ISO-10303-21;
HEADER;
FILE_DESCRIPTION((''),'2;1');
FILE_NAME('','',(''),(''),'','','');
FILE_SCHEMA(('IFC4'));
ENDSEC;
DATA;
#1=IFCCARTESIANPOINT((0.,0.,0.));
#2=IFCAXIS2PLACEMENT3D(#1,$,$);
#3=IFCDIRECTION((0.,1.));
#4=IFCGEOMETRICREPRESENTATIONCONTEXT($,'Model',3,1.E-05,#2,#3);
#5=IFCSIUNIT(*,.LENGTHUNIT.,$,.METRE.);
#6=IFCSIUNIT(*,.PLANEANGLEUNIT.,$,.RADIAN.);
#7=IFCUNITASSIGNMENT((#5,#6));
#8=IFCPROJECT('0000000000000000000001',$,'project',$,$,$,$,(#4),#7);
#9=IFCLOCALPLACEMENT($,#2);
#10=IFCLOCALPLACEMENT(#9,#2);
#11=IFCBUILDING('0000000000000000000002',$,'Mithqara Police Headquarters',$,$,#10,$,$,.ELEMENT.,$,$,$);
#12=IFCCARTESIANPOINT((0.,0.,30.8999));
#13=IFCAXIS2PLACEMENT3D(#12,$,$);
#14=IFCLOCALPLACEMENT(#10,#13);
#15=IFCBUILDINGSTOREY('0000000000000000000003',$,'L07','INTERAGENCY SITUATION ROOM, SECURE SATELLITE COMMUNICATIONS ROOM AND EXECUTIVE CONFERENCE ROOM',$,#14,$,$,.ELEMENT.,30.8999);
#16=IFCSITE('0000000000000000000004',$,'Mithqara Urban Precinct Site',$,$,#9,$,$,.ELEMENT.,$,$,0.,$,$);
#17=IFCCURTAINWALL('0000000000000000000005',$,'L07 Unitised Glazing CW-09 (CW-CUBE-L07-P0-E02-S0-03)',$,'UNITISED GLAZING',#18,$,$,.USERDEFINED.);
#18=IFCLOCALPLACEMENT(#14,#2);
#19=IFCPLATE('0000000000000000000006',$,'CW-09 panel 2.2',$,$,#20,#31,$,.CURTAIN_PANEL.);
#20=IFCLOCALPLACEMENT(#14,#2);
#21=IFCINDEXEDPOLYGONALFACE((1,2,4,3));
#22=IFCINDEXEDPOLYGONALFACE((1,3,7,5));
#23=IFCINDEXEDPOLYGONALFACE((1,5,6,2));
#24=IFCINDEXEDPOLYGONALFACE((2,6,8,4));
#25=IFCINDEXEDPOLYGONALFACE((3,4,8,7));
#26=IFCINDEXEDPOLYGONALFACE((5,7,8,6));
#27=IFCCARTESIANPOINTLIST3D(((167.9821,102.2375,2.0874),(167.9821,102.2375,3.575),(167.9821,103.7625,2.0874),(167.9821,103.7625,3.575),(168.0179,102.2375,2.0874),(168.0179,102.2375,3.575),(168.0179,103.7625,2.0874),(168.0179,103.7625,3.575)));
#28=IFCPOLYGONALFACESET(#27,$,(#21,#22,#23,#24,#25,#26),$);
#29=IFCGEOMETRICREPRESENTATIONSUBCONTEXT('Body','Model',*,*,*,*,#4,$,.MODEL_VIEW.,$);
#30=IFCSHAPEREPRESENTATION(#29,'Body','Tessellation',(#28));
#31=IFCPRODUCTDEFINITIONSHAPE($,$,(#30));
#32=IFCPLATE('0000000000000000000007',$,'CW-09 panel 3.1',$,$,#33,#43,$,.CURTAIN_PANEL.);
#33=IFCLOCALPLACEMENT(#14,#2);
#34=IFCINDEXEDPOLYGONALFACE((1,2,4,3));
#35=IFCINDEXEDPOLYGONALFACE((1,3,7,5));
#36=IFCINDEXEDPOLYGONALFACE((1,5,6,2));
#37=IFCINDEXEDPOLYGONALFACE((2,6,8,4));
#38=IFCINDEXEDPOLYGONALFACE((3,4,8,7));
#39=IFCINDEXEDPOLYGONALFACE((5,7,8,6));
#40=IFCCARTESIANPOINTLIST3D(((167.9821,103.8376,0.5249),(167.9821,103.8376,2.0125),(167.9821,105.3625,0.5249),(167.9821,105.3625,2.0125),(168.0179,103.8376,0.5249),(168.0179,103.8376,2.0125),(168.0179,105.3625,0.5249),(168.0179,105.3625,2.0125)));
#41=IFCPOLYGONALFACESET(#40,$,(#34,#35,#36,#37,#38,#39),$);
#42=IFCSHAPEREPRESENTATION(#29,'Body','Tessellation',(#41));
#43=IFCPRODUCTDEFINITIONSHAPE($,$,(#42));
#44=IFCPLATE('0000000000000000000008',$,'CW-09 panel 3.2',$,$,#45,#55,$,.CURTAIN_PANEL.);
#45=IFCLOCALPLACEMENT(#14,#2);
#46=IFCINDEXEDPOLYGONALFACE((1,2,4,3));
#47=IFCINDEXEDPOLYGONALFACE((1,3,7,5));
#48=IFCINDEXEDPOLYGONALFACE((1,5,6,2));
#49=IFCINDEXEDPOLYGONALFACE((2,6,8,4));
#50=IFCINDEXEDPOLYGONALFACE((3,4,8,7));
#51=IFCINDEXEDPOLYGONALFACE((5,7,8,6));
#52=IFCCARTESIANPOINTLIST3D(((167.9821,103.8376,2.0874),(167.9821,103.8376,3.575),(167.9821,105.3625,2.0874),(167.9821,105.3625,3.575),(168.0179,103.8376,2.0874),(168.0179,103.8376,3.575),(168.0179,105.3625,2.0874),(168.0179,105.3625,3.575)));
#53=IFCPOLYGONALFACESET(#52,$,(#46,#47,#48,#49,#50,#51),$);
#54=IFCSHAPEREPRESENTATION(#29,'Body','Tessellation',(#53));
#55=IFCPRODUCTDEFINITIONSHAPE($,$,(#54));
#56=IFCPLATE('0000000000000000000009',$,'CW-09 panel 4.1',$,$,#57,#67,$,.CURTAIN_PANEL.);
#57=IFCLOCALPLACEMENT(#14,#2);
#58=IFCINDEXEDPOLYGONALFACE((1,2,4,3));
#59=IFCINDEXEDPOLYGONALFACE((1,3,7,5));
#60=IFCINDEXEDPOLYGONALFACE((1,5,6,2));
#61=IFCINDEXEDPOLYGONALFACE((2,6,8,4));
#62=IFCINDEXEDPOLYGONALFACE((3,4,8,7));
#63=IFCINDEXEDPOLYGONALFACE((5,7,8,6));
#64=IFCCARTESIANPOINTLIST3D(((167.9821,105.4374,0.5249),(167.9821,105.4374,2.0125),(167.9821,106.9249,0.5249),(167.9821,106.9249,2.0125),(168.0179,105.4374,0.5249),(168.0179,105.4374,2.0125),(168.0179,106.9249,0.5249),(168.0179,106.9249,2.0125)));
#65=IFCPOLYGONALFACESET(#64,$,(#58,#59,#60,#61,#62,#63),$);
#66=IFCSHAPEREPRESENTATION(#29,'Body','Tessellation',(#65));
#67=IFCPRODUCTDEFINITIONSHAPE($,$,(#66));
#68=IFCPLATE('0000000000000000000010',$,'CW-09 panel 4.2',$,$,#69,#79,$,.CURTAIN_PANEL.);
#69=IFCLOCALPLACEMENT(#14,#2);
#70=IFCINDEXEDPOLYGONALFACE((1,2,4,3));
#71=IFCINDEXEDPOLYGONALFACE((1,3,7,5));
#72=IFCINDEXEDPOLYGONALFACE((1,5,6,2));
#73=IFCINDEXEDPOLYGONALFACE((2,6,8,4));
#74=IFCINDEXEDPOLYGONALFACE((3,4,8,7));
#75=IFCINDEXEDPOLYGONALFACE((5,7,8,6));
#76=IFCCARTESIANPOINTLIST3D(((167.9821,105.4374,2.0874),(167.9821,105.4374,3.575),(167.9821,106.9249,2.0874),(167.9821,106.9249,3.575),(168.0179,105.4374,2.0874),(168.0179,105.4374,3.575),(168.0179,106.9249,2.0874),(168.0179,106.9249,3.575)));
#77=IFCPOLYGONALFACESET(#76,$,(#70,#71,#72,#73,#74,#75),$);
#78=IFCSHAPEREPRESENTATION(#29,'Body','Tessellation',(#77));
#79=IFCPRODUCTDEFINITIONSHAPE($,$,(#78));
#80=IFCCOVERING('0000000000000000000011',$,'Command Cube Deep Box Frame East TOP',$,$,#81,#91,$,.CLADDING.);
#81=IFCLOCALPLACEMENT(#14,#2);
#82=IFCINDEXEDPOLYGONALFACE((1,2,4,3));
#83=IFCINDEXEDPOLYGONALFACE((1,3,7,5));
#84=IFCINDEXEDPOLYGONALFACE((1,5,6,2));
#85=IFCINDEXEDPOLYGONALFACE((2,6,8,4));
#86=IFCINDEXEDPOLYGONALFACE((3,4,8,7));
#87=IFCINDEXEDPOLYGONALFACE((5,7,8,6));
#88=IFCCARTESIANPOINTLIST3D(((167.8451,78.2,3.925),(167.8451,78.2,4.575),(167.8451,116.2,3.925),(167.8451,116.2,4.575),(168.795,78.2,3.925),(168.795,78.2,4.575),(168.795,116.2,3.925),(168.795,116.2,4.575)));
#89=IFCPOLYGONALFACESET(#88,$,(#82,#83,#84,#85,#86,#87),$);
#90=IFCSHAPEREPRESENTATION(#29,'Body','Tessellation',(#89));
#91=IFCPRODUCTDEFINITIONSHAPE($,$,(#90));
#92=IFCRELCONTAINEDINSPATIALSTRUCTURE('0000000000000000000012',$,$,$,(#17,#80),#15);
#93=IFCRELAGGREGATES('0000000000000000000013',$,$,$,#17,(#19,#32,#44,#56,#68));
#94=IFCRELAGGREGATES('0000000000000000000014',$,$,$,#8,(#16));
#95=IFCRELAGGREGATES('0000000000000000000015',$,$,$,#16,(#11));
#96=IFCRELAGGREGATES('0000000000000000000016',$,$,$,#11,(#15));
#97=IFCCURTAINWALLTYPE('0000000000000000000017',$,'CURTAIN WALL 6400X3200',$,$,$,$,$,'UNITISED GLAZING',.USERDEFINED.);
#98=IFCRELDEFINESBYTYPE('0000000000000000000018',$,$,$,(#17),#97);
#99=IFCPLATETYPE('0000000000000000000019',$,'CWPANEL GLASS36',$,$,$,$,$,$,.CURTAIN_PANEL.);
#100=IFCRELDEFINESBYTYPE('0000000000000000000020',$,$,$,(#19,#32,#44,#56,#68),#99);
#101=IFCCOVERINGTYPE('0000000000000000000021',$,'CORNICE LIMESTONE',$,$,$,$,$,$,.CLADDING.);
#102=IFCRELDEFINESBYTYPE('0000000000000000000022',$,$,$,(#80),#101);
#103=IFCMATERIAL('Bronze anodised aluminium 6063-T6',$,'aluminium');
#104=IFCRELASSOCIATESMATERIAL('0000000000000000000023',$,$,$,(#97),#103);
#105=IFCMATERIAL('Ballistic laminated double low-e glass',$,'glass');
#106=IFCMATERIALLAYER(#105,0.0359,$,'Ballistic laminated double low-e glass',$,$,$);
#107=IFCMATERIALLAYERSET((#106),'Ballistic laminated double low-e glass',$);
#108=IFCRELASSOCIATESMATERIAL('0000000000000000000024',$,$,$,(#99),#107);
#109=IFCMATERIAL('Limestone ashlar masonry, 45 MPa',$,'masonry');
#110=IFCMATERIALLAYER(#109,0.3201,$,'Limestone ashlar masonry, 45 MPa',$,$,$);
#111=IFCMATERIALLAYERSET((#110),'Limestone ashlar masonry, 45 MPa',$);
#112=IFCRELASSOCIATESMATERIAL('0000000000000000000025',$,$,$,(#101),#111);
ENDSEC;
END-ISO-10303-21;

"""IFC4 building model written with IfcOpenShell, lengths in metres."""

from ifc_helpers import new_model, si_unit, direction, frame, origin, origin_2d, place, context, subcontext, project, spatial, rectangle, extrude, material, layer, layer_set, type_object, element, aggregate, save


model = new_model("IFC4")

# Units and contexts
model_context = context("Model", 3, precision=1e-05, world=origin(), true_north=direction((0.0, 1.0)))
body_context = subcontext(model_context, "Body", "Model", "MODEL_VIEW")
ifc_project = project(units=[si_unit("LENGTHUNIT", "METRE"), si_unit("PLANEANGLEUNIT", "RADIAN")], contexts=[model_context])

# Site, building, storey
site_placement = place(None, origin())
site = spatial("IfcSite", under=ifc_project, at=site_placement, Name="Mithqara Urban Precinct Site", CompositionType="ELEMENT", RefElevation=0.0)
building_placement = place(site_placement, origin())
building = spatial("IfcBuilding", under=site, at=building_placement, Name="Mithqara Police Headquarters", CompositionType="ELEMENT")
storey_placement = place(building_placement, frame((0.0, 0.0, 30.8999)))
storey = spatial("IfcBuildingStorey", under=building, at=storey_placement, Name="L07", Description="INTERAGENCY SITUATION ROOM, SECURE SATELLITE COMMUNICATIONS ROOM AND EXECUTIVE CONFERENCE ROOM", CompositionType="ELEMENT", Elevation=30.8999)

# Curtain wall
ifc_material_1 = material(Name="Bronze anodised aluminium 6063-T6", Category="aluminium")
curtain_wall_type = type_object("IfcCurtainWallType", Name="CURTAIN WALL 6400X3200", ElementType="UNITISED GLAZING", PredefinedType="USERDEFINED", material=ifc_material_1)
curtain_wall_1_placement = place(storey_placement, origin())
curtain_wall_1 = element("IfcCurtainWall", 1, at=curtain_wall_1_placement, inside=storey, type_object=curtain_wall_type, Name="L07 Unitised Glazing CW-09 (CW-CUBE-L07-P0-E02-S0-03)", ObjectType="UNITISED GLAZING", PredefinedType="USERDEFINED")

# Plates
ifc_material_2 = material(Name="Ballistic laminated double low-e glass", Category="glass")
ifc_layer_1 = layer(ifc_material_2, 0.0359, Name="Ballistic laminated double low-e glass")
ifc_layer_set_1 = layer_set([ifc_layer_1], Name="Ballistic laminated double low-e glass")
plate_type = type_object("IfcPlateType", Name="CWPANEL GLASS36", PredefinedType="CURTAIN_PANEL", material=ifc_layer_set_1)
plate_1_placement = place(storey_placement, frame((168.0, 103.0, 2.0874), z_axis=(0.0, 0.0, 1.0), x_axis=(0.0, 1.0, 0.0)))
plate_1 = element("IfcPlate", 2, at=plate_1_placement, type_object=plate_type, Name="CW-09 panel 2.2", PredefinedType="CURTAIN_PANEL", context=body_context, shape_type="SweptSolid", body=[
    extrude(rectangle(XDim=1.5249, YDim=0.0359, at=origin_2d()), origin(), (0.0, 0.0, 1.0), 1.4875),
])
plate_2_placement = place(storey_placement, frame((168.0, 104.6001, 0.5249), z_axis=(0.0, 0.0, 1.0), x_axis=(0.0, 1.0, 0.0)))
plate_2 = element("IfcPlate", 3, at=plate_2_placement, type_object=plate_type, Name="CW-09 panel 3.1", PredefinedType="CURTAIN_PANEL", context=body_context, shape_type="SweptSolid", body=[
    extrude(rectangle(XDim=1.5249, YDim=0.0359, at=origin_2d()), origin(), (0.0, 0.0, 1.0), 1.4875),
])
plate_3_placement = place(storey_placement, frame((168.0, 104.6001, 2.0874), z_axis=(0.0, 0.0, 1.0), x_axis=(0.0, 1.0, 0.0)))
plate_3 = element("IfcPlate", 4, at=plate_3_placement, type_object=plate_type, Name="CW-09 panel 3.2", PredefinedType="CURTAIN_PANEL", context=body_context, shape_type="SweptSolid", body=[
    extrude(rectangle(XDim=1.5249, YDim=0.0359, at=origin_2d()), origin(), (0.0, 0.0, 1.0), 1.4875),
])
plate_4_placement = place(storey_placement, frame((168.0, 106.1812, 0.5249), z_axis=(0.0, 0.0, 1.0), x_axis=(0.0, 1.0, 0.0)))
plate_4 = element("IfcPlate", 5, at=plate_4_placement, type_object=plate_type, Name="CW-09 panel 4.1", PredefinedType="CURTAIN_PANEL", context=body_context, shape_type="SweptSolid", body=[
    extrude(rectangle(XDim=1.4875, YDim=0.0359, at=origin_2d()), origin(), (0.0, 0.0, 1.0), 1.4875),
])
plate_5_placement = place(storey_placement, frame((168.0, 106.1812, 2.0874), z_axis=(0.0, 0.0, 1.0), x_axis=(0.0, 1.0, 0.0)))
plate_5 = element("IfcPlate", 6, at=plate_5_placement, type_object=plate_type, Name="CW-09 panel 4.2", PredefinedType="CURTAIN_PANEL", context=body_context, shape_type="SweptSolid", body=[
    extrude(rectangle(XDim=1.4875, YDim=0.0359, at=origin_2d()), origin(), (0.0, 0.0, 1.0), 1.4875),
])
aggregate(curtain_wall_1, [plate_1, plate_2, plate_3, plate_4, plate_5])

# Covering
ifc_material_3 = material(Name="Limestone ashlar masonry, 45 MPa", Category="masonry")
ifc_layer_2 = layer(ifc_material_3, 0.3201, Name="Limestone ashlar masonry, 45 MPa")
ifc_layer_set_2 = layer_set([ifc_layer_2], Name="Limestone ashlar masonry, 45 MPa")
covering_type = type_object("IfcCoveringType", Name="CORNICE LIMESTONE", PredefinedType="CLADDING", material=ifc_layer_set_2)
covering_placement = place(storey_placement, frame((168.3201, 97.2, 3.925), z_axis=(0.0, 0.0, 1.0), x_axis=(1.0, 0.0, 0.0)))
element("IfcCovering", 7, at=covering_placement, inside=storey, type_object=covering_type, Name="Command Cube Deep Box Frame East TOP", PredefinedType="CLADDING", context=body_context, shape_type="SweptSolid", body=[
    extrude(rectangle(XDim=0.95, YDim=38.0, at=origin_2d()), origin(), (0.0, 0.0, 1.0), 0.6499),
])

save(model, "model.ifc")
